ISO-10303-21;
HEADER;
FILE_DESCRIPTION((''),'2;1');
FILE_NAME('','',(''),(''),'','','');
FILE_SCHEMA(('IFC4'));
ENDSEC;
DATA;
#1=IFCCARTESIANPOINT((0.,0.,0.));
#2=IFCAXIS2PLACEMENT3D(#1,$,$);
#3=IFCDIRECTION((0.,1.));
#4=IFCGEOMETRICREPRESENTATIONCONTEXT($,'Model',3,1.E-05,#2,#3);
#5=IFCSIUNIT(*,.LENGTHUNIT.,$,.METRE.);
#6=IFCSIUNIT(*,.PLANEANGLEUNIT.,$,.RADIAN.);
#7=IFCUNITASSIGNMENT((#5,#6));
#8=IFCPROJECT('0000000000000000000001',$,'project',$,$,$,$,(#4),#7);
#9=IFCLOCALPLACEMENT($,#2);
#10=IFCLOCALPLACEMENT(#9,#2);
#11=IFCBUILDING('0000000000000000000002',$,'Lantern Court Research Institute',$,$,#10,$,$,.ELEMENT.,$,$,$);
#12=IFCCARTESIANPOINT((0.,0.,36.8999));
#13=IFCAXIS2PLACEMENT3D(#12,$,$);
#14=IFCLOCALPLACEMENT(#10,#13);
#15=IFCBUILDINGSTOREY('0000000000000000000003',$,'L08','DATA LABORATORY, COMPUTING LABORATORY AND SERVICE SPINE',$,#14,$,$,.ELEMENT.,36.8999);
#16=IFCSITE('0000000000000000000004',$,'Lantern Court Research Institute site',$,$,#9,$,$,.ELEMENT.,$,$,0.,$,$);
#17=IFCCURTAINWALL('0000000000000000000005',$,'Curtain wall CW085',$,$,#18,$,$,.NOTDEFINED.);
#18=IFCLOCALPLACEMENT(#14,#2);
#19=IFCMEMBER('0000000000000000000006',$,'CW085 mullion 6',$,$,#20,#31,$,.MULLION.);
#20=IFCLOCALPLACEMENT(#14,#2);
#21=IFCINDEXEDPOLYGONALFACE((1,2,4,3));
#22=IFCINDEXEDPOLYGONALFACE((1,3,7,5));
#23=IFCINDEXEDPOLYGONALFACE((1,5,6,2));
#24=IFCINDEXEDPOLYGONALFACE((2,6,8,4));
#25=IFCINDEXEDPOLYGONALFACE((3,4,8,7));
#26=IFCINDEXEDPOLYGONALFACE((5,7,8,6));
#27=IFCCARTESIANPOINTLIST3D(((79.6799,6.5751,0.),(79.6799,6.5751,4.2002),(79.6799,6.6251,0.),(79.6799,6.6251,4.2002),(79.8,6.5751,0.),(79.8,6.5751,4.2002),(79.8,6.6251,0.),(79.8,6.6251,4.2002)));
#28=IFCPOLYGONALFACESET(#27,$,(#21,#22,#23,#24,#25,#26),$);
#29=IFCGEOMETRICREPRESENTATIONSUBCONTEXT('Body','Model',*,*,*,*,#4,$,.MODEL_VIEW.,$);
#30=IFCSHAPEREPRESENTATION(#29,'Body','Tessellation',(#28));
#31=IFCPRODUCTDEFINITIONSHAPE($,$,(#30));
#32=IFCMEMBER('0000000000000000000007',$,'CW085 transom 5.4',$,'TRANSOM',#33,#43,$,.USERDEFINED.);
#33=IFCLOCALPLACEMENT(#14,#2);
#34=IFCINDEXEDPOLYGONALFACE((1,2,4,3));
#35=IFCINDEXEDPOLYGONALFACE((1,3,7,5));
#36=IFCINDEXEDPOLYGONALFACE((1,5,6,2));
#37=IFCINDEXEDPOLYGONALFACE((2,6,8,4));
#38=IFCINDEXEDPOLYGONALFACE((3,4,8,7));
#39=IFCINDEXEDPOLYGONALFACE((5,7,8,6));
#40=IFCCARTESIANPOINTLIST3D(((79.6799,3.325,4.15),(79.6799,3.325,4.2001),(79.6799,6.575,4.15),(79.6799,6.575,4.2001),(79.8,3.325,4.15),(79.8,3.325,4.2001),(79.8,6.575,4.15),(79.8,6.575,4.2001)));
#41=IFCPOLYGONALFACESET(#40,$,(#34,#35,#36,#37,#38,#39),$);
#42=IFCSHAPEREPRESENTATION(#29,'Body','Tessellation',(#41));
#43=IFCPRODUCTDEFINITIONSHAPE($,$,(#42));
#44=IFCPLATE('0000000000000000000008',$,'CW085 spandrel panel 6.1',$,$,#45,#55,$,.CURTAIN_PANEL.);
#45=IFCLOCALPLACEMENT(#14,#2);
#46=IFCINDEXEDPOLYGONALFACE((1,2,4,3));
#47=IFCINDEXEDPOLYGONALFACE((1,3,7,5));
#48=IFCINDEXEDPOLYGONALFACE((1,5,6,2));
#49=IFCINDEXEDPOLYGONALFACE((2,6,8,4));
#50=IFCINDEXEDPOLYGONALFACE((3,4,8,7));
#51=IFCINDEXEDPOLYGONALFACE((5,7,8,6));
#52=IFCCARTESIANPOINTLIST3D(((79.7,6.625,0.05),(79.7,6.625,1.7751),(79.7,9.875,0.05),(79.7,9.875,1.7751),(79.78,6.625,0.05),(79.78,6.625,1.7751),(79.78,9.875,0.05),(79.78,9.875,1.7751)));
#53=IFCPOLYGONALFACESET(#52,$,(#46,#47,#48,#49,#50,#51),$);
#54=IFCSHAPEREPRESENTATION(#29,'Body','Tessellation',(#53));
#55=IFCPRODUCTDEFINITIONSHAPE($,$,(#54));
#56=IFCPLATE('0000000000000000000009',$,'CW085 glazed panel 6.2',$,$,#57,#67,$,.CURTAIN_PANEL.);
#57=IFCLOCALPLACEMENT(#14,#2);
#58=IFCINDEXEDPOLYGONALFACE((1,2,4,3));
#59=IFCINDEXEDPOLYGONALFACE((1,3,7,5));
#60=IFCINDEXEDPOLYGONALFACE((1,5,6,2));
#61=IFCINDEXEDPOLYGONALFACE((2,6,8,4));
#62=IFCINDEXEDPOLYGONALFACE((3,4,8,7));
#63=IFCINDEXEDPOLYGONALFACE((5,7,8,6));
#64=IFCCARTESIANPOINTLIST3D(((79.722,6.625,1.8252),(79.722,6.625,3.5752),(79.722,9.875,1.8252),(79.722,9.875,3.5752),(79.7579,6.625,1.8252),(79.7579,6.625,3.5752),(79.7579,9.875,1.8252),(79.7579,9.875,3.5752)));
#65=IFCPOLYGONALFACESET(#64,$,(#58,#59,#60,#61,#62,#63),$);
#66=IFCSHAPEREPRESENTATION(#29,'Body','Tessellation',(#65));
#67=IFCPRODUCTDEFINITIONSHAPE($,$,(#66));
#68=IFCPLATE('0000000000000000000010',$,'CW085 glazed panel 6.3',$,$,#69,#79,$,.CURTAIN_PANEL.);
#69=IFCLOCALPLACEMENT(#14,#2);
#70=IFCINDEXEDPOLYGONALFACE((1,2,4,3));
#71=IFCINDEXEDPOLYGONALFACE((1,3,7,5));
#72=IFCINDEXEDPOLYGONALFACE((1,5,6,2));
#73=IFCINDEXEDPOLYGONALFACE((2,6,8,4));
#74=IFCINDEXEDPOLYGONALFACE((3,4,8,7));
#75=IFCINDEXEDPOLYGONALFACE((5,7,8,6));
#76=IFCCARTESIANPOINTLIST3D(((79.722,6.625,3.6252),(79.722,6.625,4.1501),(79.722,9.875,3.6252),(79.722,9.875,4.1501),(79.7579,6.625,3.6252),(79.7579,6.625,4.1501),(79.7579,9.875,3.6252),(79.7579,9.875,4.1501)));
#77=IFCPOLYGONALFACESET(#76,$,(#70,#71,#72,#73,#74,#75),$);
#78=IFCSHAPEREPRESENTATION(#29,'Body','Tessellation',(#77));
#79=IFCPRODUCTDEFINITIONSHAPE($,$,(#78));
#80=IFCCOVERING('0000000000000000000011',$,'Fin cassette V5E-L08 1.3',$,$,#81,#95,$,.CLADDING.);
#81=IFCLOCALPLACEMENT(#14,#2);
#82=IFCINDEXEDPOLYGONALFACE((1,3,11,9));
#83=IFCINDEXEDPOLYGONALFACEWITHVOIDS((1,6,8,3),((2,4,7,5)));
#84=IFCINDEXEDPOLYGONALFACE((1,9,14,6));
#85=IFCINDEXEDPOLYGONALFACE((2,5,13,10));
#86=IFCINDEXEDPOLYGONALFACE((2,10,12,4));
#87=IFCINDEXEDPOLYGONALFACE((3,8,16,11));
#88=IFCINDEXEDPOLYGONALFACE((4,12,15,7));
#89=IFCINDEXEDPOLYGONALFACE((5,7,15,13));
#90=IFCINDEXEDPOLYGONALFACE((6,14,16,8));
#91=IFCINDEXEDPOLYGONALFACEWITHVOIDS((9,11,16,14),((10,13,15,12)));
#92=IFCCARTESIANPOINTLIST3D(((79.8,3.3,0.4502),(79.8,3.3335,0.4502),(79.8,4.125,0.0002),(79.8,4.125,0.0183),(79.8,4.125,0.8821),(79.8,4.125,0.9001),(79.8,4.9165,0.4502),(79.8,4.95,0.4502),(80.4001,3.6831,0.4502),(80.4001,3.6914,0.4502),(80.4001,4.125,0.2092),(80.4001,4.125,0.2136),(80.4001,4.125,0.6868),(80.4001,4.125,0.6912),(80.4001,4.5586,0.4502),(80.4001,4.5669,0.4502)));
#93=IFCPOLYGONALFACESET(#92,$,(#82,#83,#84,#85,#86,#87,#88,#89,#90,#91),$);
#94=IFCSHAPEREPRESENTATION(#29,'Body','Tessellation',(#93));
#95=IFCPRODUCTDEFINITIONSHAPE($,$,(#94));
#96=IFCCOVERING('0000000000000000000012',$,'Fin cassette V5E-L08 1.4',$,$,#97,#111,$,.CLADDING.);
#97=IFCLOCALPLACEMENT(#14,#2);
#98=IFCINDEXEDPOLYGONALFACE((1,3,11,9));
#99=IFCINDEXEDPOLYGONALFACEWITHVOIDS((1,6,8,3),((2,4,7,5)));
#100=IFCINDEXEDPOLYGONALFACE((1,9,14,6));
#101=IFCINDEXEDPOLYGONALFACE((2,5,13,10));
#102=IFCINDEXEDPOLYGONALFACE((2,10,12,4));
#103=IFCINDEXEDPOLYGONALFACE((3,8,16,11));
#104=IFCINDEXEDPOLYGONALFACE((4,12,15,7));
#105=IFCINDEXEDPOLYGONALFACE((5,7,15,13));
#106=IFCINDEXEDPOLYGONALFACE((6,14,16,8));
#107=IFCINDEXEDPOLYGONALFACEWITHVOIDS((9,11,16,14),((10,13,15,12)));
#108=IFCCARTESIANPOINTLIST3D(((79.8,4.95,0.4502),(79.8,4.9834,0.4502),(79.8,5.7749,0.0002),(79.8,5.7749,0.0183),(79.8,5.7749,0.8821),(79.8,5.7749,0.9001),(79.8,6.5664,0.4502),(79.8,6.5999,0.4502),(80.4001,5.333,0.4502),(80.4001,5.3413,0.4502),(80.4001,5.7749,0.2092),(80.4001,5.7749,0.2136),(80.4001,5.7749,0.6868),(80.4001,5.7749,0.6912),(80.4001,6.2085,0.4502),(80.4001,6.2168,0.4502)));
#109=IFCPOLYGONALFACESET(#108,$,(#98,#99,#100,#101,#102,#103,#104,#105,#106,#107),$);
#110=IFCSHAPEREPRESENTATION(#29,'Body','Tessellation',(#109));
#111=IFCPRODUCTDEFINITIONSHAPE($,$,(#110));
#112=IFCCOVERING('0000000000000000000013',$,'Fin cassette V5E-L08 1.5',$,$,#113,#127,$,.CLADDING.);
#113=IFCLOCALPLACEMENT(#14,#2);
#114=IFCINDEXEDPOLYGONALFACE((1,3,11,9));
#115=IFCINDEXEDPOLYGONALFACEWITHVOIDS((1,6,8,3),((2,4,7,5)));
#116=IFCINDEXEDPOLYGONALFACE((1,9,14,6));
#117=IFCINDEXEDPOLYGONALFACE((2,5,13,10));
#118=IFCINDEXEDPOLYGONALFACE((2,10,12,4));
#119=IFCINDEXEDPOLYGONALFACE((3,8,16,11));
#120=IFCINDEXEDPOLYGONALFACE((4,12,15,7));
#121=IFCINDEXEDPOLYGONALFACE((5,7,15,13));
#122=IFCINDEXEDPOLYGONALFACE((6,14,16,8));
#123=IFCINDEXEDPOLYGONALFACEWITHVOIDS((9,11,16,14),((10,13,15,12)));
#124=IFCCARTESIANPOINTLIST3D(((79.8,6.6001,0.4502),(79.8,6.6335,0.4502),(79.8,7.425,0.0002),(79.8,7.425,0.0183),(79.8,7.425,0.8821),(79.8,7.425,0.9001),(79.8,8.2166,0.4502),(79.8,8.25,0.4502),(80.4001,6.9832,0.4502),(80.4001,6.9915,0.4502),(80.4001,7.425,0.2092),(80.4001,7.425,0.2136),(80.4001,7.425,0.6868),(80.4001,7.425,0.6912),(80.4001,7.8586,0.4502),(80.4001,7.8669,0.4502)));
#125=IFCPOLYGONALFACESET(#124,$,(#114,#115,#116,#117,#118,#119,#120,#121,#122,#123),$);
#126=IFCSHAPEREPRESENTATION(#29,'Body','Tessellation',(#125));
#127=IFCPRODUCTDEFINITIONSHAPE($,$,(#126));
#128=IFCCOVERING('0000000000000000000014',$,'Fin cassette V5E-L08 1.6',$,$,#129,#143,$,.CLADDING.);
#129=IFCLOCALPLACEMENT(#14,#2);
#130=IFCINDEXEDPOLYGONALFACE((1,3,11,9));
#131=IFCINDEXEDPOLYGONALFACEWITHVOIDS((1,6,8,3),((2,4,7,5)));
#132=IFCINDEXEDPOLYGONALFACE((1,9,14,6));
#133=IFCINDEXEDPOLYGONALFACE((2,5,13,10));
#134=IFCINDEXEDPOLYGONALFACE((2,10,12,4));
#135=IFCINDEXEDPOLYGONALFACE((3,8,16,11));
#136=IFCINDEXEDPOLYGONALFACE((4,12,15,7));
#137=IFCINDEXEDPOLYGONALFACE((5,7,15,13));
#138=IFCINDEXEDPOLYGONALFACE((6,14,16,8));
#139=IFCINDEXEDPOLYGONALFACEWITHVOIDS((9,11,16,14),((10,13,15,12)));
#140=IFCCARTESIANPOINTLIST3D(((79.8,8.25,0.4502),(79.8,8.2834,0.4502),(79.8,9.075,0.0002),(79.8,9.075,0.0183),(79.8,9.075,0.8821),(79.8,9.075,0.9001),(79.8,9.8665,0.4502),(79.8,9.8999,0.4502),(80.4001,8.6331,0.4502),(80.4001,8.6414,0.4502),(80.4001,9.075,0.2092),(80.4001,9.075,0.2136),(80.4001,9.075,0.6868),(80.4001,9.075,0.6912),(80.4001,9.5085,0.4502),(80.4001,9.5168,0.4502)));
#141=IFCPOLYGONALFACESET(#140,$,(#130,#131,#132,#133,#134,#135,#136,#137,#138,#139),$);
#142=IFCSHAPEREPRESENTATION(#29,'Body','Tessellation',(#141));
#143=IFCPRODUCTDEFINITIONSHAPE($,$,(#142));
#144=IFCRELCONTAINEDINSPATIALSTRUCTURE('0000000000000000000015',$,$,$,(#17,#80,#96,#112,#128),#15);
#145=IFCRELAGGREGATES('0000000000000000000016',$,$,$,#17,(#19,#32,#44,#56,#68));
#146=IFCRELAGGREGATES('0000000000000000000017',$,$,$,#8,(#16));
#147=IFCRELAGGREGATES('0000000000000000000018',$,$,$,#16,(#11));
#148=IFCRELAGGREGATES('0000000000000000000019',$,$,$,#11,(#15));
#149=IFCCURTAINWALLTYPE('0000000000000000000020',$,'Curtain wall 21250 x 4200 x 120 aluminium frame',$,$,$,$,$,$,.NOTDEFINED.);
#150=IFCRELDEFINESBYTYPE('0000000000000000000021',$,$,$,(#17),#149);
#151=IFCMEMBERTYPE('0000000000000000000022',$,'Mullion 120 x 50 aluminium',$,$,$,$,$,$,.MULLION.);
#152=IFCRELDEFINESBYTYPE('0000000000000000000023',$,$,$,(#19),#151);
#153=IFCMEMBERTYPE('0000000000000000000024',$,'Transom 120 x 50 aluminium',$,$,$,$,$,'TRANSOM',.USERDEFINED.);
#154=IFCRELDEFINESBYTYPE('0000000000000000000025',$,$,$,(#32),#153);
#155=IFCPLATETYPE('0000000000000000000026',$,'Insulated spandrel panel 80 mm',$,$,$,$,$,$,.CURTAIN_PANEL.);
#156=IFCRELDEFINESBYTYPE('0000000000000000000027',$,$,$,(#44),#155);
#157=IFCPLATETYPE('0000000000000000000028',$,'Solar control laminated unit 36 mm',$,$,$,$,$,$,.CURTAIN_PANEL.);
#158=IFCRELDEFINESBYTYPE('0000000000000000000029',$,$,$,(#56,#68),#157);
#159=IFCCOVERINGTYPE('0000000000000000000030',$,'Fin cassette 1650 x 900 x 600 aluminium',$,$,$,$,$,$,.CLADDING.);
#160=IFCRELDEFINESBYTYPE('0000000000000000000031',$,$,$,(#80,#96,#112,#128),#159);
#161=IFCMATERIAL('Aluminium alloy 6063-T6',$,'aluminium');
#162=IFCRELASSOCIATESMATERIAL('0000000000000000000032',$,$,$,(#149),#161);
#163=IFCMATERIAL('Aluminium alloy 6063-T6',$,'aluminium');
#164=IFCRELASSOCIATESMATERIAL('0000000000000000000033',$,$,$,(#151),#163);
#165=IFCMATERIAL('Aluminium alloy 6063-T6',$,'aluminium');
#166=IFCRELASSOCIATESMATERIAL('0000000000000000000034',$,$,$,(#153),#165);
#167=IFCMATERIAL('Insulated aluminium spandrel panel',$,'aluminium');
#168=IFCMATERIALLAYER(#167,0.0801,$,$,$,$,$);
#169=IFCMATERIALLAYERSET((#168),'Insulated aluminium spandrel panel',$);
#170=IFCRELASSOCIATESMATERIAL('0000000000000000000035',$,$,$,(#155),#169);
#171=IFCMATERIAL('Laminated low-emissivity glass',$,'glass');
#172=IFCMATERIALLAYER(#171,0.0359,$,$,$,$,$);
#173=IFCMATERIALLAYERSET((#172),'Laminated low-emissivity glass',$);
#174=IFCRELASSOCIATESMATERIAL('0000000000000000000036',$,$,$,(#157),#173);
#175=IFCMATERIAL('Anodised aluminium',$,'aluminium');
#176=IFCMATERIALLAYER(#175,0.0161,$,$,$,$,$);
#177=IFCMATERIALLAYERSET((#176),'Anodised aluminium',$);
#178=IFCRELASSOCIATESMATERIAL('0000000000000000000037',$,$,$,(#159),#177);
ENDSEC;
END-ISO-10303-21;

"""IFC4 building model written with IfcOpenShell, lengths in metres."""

from ifc_helpers import new_model, entity, si_unit, direction, frame, origin, origin_2d, place, context, subcontext, project, spatial, rectangle, extrude, material, layer, layer_set, material_profile, profile_set, type_object, element, aggregate, save


model = new_model("IFC4")

# Units and contexts
model_context = context("Model", 3, precision=1e-05, world=origin(), true_north=direction((0.0, 1.0)))
body_context = subcontext(model_context, "Body", "Model", "MODEL_VIEW")
ifc_project = project(units=[si_unit("LENGTHUNIT", "METRE"), si_unit("PLANEANGLEUNIT", "RADIAN")], contexts=[model_context])

# Site, building, storey
site_placement = place(None, origin())
site = spatial("IfcSite", under=ifc_project, at=site_placement, Name="Lantern Court Research Institute site", CompositionType="ELEMENT", RefElevation=0.0)
building_placement = place(site_placement, origin())
building = spatial("IfcBuilding", under=site, at=building_placement, Name="Lantern Court Research Institute", CompositionType="ELEMENT")
storey_placement = place(building_placement, frame((0.0, 0.0, 36.8999)))
storey = spatial("IfcBuildingStorey", under=building, at=storey_placement, Name="L08", Description="DATA LABORATORY, COMPUTING LABORATORY AND SERVICE SPINE", CompositionType="ELEMENT", Elevation=36.8999)

# Curtain wall, members, plates
ifc_material_1 = material(Name="Aluminium alloy 6063-T6", Category="aluminium")
curtain_wall_type = type_object("IfcCurtainWallType", Name="Curtain wall 21250 x 4200 x 120 aluminium frame", PredefinedType="NOTDEFINED", material=ifc_material_1)
curtain_wall_placement = place(storey_placement, origin())
curtain_wall = element("IfcCurtainWall", 1, at=curtain_wall_placement, inside=storey, type_object=curtain_wall_type, Name="Curtain wall CW085", PredefinedType="NOTDEFINED")
ifc_material_2 = material(Name="Aluminium alloy 6063-T6", Category="aluminium")
ifc_material_profile_1 = material_profile(ifc_material_2, rectangle(XDim=0.1201, YDim=0.05, at=origin_2d()), Name="Mullion 120 x 50")
ifc_profile_set_1 = profile_set([ifc_material_profile_1], Name="Aluminium alloy 6063-T6")
member_type_1 = type_object("IfcMemberType", Name="Mullion 120 x 50 aluminium", PredefinedType="MULLION", material=ifc_profile_set_1)
member_1_placement = place(storey_placement, frame((79.74, 6.6001, 0.0), z_axis=(0.0, 0.0, 1.0), x_axis=(1.0, 0.0, 0.0)))
member_1 = element("IfcMember", 2, at=member_1_placement, type_object=member_type_1, Name="CW085 mullion 6", PredefinedType="MULLION", context=body_context, shape_type="SweptSolid", body=[
    extrude(rectangle(XDim=0.1201, YDim=0.05, at=origin_2d()), origin(), (0.0, 0.0, 1.0), 4.2002),
])
ifc_material_3 = material(Name="Aluminium alloy 6063-T6", Category="aluminium")
ifc_material_profile_2 = material_profile(ifc_material_3, rectangle(XDim=0.1201, YDim=0.05, at=origin_2d()), Name="Transom 120 x 50")
ifc_profile_set_2 = profile_set([ifc_material_profile_2], Name="Aluminium alloy 6063-T6")
member_type_2 = type_object("IfcMemberType", Name="Transom 120 x 50 aluminium", ElementType="TRANSOM", PredefinedType="USERDEFINED", material=ifc_profile_set_2)
member_2_placement = place(storey_placement, frame((79.74, 6.575, 4.175), z_axis=(0.0, -1.0, 0.0), x_axis=(1.0, 0.0, 0.0)))
member_2 = element("IfcMember", 3, at=member_2_placement, type_object=member_type_2, Name="CW085 transom 5.4", ObjectType="TRANSOM", PredefinedType="USERDEFINED", context=body_context, shape_type="SweptSolid", body=[
    extrude(rectangle(XDim=0.1201, YDim=0.05, at=origin_2d()), origin(), (0.0, 0.0, 1.0), 3.25),
])
ifc_material_4 = material(Name="Insulated aluminium spandrel panel", Category="aluminium")
ifc_layer_1 = layer(ifc_material_4, 0.0801)
ifc_layer_set_1 = layer_set([ifc_layer_1], Name="Insulated aluminium spandrel panel")
plate_type_1 = type_object("IfcPlateType", Name="Insulated spandrel panel 80 mm", PredefinedType="CURTAIN_PANEL", material=ifc_layer_set_1)
plate_1_placement = place(storey_placement, frame((79.74, 8.25, 0.05), z_axis=(0.0, 0.0, 1.0), x_axis=(0.0, -1.0, 0.0)))
plate_1 = element("IfcPlate", 4, at=plate_1_placement, type_object=plate_type_1, Name="CW085 spandrel panel 6.1", PredefinedType="CURTAIN_PANEL", context=body_context, shape_type="SweptSolid", body=[
    extrude(rectangle(XDim=3.25, YDim=0.0801, at=origin_2d()), origin(), (0.0, 0.0, 1.0), 1.7251),
])
ifc_material_5 = material(Name="Laminated low-emissivity glass", Category="glass")
ifc_layer_2 = layer(ifc_material_5, 0.0359)
ifc_layer_set_2 = layer_set([ifc_layer_2], Name="Laminated low-emissivity glass")
plate_type_2 = type_object("IfcPlateType", Name="Solar control laminated unit 36 mm", PredefinedType="CURTAIN_PANEL", material=ifc_layer_set_2)
plate_2_placement = place(storey_placement, frame((79.74, 8.25, 1.8252), z_axis=(0.0, 0.0, 1.0), x_axis=(0.0, -1.0, 0.0)))
plate_2 = element("IfcPlate", 5, at=plate_2_placement, type_object=plate_type_2, Name="CW085 glazed panel 6.2", PredefinedType="CURTAIN_PANEL", context=body_context, shape_type="SweptSolid", body=[
    extrude(rectangle(XDim=3.25, YDim=0.0359, at=origin_2d()), origin(), (0.0, 0.0, 1.0), 1.75),
])
plate_3_placement = place(storey_placement, frame((79.74, 8.25, 3.6252), z_axis=(0.0, 0.0, 1.0), x_axis=(0.0, -1.0, 0.0)))
plate_3 = element("IfcPlate", 6, at=plate_3_placement, type_object=plate_type_2, Name="CW085 glazed panel 6.3", PredefinedType="CURTAIN_PANEL", context=body_context, shape_type="SweptSolid", body=[
    extrude(rectangle(XDim=3.25, YDim=0.0359, at=origin_2d()), origin(), (0.0, 0.0, 1.0), 0.5249),
])
aggregate(curtain_wall, [member_1, member_2, plate_1, plate_2, plate_3])

# Coverings
ifc_material_6 = material(Name="Anodised aluminium", Category="aluminium")
ifc_layer_3 = layer(ifc_material_6, 0.0161)
ifc_layer_set_3 = layer_set([ifc_layer_3], Name="Anodised aluminium")
covering_type = type_object("IfcCoveringType", Name="Fin cassette 1650 x 900 x 600 aluminium", PredefinedType="CLADDING", material=ifc_layer_set_3)
covering_1_placement = place(storey_placement, frame((79.8, 4.125, 0.4502), z_axis=(1.0, 0.0, 0.0), x_axis=(0.0, 1.0, 0.0)))
cartesian_point_1 = entity("IfcCartesianPoint", [0.825, 0.0])
cartesian_point_2 = entity("IfcCartesianPoint", [0.7915, 0.0])
cartesian_point_3 = entity("IfcCartesianPoint", [0.4419, 0.0])
cartesian_point_4 = entity("IfcCartesianPoint", [0.4336, 0.0])
element("IfcCovering", 7, at=covering_1_placement, inside=storey, type_object=covering_type, Name="Fin cassette V5E-L08 1.3", PredefinedType="CLADDING", context=body_context, shape_type="SweptSolid", body=[
    entity("IfcExtrudedAreaSolidTapered", entity("IfcArbitraryProfileDefWithVoids", "AREA", None, entity("IfcPolyline", [cartesian_point_1, entity("IfcCartesianPoint", [0.0, 0.45]), entity("IfcCartesianPoint", [-0.825, 0.0]), entity("IfcCartesianPoint", [0.0, -0.45]), cartesian_point_1]), [entity("IfcPolyline", [cartesian_point_2, entity("IfcCartesianPoint", [0.0, 0.4319]), entity("IfcCartesianPoint", [-0.7915, 0.0]), entity("IfcCartesianPoint", [0.0, -0.4319]), cartesian_point_2])]), entity("IfcAxis2Placement3D", entity("IfcCartesianPoint", [0.0, 0.0, 0.0])), entity("IfcDirection", [0.0, 0.0, 1.0]), 0.6001, entity("IfcArbitraryProfileDefWithVoids", "AREA", None, entity("IfcPolyline", [cartesian_point_3, entity("IfcCartesianPoint", [0.0, 0.241]), entity("IfcCartesianPoint", [-0.4419, 0.0]), entity("IfcCartesianPoint", [0.0, -0.241]), cartesian_point_3]), [entity("IfcPolyline", [cartesian_point_4, entity("IfcCartesianPoint", [0.0, 0.2366]), entity("IfcCartesianPoint", [-0.4336, 0.0]), entity("IfcCartesianPoint", [0.0, -0.2366]), cartesian_point_4])])),
])
covering_2_placement = place(storey_placement, frame((79.8, 5.7749, 0.4502), z_axis=(1.0, 0.0, 0.0), x_axis=(0.0, 1.0, 0.0)))
cartesian_point_5 = entity("IfcCartesianPoint", [0.825, 0.0])
cartesian_point_6 = entity("IfcCartesianPoint", [0.7915, 0.0])
cartesian_point_7 = entity("IfcCartesianPoint", [0.4419, 0.0])
cartesian_point_8 = entity("IfcCartesianPoint", [0.4336, 0.0])
element("IfcCovering", 8, at=covering_2_placement, inside=storey, type_object=covering_type, Name="Fin cassette V5E-L08 1.4", PredefinedType="CLADDING", context=body_context, shape_type="SweptSolid", body=[
    entity("IfcExtrudedAreaSolidTapered", entity("IfcArbitraryProfileDefWithVoids", "AREA", None, entity("IfcPolyline", [cartesian_point_5, entity("IfcCartesianPoint", [0.0, 0.45]), entity("IfcCartesianPoint", [-0.825, 0.0]), entity("IfcCartesianPoint", [0.0, -0.45]), cartesian_point_5]), [entity("IfcPolyline", [cartesian_point_6, entity("IfcCartesianPoint", [0.0, 0.4319]), entity("IfcCartesianPoint", [-0.7915, 0.0]), entity("IfcCartesianPoint", [0.0, -0.4319]), cartesian_point_6])]), entity("IfcAxis2Placement3D", entity("IfcCartesianPoint", [0.0, 0.0, 0.0])), entity("IfcDirection", [0.0, 0.0, 1.0]), 0.6001, entity("IfcArbitraryProfileDefWithVoids", "AREA", None, entity("IfcPolyline", [cartesian_point_7, entity("IfcCartesianPoint", [0.0, 0.241]), entity("IfcCartesianPoint", [-0.4419, 0.0]), entity("IfcCartesianPoint", [0.0, -0.241]), cartesian_point_7]), [entity("IfcPolyline", [cartesian_point_8, entity("IfcCartesianPoint", [0.0, 0.2366]), entity("IfcCartesianPoint", [-0.4336, 0.0]), entity("IfcCartesianPoint", [0.0, -0.2366]), cartesian_point_8])])),
])
covering_3_placement = place(storey_placement, frame((79.8, 7.425, 0.4502), z_axis=(1.0, 0.0, 0.0), x_axis=(0.0, 1.0, 0.0)))
cartesian_point_9 = entity("IfcCartesianPoint", [0.825, 0.0])
cartesian_point_10 = entity("IfcCartesianPoint", [0.7915, 0.0])
cartesian_point_11 = entity("IfcCartesianPoint", [0.4419, 0.0])
cartesian_point_12 = entity("IfcCartesianPoint", [0.4336, 0.0])
element("IfcCovering", 9, at=covering_3_placement, inside=storey, type_object=covering_type, Name="Fin cassette V5E-L08 1.5", PredefinedType="CLADDING", context=body_context, shape_type="SweptSolid", body=[
    entity("IfcExtrudedAreaSolidTapered", entity("IfcArbitraryProfileDefWithVoids", "AREA", None, entity("IfcPolyline", [cartesian_point_9, entity("IfcCartesianPoint", [0.0, 0.45]), entity("IfcCartesianPoint", [-0.825, 0.0]), entity("IfcCartesianPoint", [0.0, -0.45]), cartesian_point_9]), [entity("IfcPolyline", [cartesian_point_10, entity("IfcCartesianPoint", [0.0, 0.4319]), entity("IfcCartesianPoint", [-0.7915, 0.0]), entity("IfcCartesianPoint", [0.0, -0.4319]), cartesian_point_10])]), entity("IfcAxis2Placement3D", entity("IfcCartesianPoint", [0.0, 0.0, 0.0])), entity("IfcDirection", [0.0, 0.0, 1.0]), 0.6001, entity("IfcArbitraryProfileDefWithVoids", "AREA", None, entity("IfcPolyline", [cartesian_point_11, entity("IfcCartesianPoint", [0.0, 0.241]), entity("IfcCartesianPoint", [-0.4419, 0.0]), entity("IfcCartesianPoint", [0.0, -0.241]), cartesian_point_11]), [entity("IfcPolyline", [cartesian_point_12, entity("IfcCartesianPoint", [0.0, 0.2366]), entity("IfcCartesianPoint", [-0.4336, 0.0]), entity("IfcCartesianPoint", [0.0, -0.2366]), cartesian_point_12])])),
])
covering_4_placement = place(storey_placement, frame((79.8, 9.075, 0.4502), z_axis=(1.0, 0.0, 0.0), x_axis=(0.0, 1.0, 0.0)))
cartesian_point_13 = entity("IfcCartesianPoint", [0.825, 0.0])
cartesian_point_14 = entity("IfcCartesianPoint", [0.7915, 0.0])
cartesian_point_15 = entity("IfcCartesianPoint", [0.4419, 0.0])
cartesian_point_16 = entity("IfcCartesianPoint", [0.4336, 0.0])
element("IfcCovering", 10, at=covering_4_placement, inside=storey, type_object=covering_type, Name="Fin cassette V5E-L08 1.6", PredefinedType="CLADDING", context=body_context, shape_type="SweptSolid", body=[
    entity("IfcExtrudedAreaSolidTapered", entity("IfcArbitraryProfileDefWithVoids", "AREA", None, entity("IfcPolyline", [cartesian_point_13, entity("IfcCartesianPoint", [0.0, 0.45]), entity("IfcCartesianPoint", [-0.825, 0.0]), entity("IfcCartesianPoint", [0.0, -0.45]), cartesian_point_13]), [entity("IfcPolyline", [cartesian_point_14, entity("IfcCartesianPoint", [0.0, 0.4319]), entity("IfcCartesianPoint", [-0.7915, 0.0]), entity("IfcCartesianPoint", [0.0, -0.4319]), cartesian_point_14])]), entity("IfcAxis2Placement3D", entity("IfcCartesianPoint", [0.0, 0.0, 0.0])), entity("IfcDirection", [0.0, 0.0, 1.0]), 0.6001, entity("IfcArbitraryProfileDefWithVoids", "AREA", None, entity("IfcPolyline", [cartesian_point_15, entity("IfcCartesianPoint", [0.0, 0.241]), entity("IfcCartesianPoint", [-0.4419, 0.0]), entity("IfcCartesianPoint", [0.0, -0.241]), cartesian_point_15]), [entity("IfcPolyline", [cartesian_point_16, entity("IfcCartesianPoint", [0.0, 0.2366]), entity("IfcCartesianPoint", [-0.4336, 0.0]), entity("IfcCartesianPoint", [0.0, -0.2366]), cartesian_point_16])])),
])

save(model, "model.ifc")
